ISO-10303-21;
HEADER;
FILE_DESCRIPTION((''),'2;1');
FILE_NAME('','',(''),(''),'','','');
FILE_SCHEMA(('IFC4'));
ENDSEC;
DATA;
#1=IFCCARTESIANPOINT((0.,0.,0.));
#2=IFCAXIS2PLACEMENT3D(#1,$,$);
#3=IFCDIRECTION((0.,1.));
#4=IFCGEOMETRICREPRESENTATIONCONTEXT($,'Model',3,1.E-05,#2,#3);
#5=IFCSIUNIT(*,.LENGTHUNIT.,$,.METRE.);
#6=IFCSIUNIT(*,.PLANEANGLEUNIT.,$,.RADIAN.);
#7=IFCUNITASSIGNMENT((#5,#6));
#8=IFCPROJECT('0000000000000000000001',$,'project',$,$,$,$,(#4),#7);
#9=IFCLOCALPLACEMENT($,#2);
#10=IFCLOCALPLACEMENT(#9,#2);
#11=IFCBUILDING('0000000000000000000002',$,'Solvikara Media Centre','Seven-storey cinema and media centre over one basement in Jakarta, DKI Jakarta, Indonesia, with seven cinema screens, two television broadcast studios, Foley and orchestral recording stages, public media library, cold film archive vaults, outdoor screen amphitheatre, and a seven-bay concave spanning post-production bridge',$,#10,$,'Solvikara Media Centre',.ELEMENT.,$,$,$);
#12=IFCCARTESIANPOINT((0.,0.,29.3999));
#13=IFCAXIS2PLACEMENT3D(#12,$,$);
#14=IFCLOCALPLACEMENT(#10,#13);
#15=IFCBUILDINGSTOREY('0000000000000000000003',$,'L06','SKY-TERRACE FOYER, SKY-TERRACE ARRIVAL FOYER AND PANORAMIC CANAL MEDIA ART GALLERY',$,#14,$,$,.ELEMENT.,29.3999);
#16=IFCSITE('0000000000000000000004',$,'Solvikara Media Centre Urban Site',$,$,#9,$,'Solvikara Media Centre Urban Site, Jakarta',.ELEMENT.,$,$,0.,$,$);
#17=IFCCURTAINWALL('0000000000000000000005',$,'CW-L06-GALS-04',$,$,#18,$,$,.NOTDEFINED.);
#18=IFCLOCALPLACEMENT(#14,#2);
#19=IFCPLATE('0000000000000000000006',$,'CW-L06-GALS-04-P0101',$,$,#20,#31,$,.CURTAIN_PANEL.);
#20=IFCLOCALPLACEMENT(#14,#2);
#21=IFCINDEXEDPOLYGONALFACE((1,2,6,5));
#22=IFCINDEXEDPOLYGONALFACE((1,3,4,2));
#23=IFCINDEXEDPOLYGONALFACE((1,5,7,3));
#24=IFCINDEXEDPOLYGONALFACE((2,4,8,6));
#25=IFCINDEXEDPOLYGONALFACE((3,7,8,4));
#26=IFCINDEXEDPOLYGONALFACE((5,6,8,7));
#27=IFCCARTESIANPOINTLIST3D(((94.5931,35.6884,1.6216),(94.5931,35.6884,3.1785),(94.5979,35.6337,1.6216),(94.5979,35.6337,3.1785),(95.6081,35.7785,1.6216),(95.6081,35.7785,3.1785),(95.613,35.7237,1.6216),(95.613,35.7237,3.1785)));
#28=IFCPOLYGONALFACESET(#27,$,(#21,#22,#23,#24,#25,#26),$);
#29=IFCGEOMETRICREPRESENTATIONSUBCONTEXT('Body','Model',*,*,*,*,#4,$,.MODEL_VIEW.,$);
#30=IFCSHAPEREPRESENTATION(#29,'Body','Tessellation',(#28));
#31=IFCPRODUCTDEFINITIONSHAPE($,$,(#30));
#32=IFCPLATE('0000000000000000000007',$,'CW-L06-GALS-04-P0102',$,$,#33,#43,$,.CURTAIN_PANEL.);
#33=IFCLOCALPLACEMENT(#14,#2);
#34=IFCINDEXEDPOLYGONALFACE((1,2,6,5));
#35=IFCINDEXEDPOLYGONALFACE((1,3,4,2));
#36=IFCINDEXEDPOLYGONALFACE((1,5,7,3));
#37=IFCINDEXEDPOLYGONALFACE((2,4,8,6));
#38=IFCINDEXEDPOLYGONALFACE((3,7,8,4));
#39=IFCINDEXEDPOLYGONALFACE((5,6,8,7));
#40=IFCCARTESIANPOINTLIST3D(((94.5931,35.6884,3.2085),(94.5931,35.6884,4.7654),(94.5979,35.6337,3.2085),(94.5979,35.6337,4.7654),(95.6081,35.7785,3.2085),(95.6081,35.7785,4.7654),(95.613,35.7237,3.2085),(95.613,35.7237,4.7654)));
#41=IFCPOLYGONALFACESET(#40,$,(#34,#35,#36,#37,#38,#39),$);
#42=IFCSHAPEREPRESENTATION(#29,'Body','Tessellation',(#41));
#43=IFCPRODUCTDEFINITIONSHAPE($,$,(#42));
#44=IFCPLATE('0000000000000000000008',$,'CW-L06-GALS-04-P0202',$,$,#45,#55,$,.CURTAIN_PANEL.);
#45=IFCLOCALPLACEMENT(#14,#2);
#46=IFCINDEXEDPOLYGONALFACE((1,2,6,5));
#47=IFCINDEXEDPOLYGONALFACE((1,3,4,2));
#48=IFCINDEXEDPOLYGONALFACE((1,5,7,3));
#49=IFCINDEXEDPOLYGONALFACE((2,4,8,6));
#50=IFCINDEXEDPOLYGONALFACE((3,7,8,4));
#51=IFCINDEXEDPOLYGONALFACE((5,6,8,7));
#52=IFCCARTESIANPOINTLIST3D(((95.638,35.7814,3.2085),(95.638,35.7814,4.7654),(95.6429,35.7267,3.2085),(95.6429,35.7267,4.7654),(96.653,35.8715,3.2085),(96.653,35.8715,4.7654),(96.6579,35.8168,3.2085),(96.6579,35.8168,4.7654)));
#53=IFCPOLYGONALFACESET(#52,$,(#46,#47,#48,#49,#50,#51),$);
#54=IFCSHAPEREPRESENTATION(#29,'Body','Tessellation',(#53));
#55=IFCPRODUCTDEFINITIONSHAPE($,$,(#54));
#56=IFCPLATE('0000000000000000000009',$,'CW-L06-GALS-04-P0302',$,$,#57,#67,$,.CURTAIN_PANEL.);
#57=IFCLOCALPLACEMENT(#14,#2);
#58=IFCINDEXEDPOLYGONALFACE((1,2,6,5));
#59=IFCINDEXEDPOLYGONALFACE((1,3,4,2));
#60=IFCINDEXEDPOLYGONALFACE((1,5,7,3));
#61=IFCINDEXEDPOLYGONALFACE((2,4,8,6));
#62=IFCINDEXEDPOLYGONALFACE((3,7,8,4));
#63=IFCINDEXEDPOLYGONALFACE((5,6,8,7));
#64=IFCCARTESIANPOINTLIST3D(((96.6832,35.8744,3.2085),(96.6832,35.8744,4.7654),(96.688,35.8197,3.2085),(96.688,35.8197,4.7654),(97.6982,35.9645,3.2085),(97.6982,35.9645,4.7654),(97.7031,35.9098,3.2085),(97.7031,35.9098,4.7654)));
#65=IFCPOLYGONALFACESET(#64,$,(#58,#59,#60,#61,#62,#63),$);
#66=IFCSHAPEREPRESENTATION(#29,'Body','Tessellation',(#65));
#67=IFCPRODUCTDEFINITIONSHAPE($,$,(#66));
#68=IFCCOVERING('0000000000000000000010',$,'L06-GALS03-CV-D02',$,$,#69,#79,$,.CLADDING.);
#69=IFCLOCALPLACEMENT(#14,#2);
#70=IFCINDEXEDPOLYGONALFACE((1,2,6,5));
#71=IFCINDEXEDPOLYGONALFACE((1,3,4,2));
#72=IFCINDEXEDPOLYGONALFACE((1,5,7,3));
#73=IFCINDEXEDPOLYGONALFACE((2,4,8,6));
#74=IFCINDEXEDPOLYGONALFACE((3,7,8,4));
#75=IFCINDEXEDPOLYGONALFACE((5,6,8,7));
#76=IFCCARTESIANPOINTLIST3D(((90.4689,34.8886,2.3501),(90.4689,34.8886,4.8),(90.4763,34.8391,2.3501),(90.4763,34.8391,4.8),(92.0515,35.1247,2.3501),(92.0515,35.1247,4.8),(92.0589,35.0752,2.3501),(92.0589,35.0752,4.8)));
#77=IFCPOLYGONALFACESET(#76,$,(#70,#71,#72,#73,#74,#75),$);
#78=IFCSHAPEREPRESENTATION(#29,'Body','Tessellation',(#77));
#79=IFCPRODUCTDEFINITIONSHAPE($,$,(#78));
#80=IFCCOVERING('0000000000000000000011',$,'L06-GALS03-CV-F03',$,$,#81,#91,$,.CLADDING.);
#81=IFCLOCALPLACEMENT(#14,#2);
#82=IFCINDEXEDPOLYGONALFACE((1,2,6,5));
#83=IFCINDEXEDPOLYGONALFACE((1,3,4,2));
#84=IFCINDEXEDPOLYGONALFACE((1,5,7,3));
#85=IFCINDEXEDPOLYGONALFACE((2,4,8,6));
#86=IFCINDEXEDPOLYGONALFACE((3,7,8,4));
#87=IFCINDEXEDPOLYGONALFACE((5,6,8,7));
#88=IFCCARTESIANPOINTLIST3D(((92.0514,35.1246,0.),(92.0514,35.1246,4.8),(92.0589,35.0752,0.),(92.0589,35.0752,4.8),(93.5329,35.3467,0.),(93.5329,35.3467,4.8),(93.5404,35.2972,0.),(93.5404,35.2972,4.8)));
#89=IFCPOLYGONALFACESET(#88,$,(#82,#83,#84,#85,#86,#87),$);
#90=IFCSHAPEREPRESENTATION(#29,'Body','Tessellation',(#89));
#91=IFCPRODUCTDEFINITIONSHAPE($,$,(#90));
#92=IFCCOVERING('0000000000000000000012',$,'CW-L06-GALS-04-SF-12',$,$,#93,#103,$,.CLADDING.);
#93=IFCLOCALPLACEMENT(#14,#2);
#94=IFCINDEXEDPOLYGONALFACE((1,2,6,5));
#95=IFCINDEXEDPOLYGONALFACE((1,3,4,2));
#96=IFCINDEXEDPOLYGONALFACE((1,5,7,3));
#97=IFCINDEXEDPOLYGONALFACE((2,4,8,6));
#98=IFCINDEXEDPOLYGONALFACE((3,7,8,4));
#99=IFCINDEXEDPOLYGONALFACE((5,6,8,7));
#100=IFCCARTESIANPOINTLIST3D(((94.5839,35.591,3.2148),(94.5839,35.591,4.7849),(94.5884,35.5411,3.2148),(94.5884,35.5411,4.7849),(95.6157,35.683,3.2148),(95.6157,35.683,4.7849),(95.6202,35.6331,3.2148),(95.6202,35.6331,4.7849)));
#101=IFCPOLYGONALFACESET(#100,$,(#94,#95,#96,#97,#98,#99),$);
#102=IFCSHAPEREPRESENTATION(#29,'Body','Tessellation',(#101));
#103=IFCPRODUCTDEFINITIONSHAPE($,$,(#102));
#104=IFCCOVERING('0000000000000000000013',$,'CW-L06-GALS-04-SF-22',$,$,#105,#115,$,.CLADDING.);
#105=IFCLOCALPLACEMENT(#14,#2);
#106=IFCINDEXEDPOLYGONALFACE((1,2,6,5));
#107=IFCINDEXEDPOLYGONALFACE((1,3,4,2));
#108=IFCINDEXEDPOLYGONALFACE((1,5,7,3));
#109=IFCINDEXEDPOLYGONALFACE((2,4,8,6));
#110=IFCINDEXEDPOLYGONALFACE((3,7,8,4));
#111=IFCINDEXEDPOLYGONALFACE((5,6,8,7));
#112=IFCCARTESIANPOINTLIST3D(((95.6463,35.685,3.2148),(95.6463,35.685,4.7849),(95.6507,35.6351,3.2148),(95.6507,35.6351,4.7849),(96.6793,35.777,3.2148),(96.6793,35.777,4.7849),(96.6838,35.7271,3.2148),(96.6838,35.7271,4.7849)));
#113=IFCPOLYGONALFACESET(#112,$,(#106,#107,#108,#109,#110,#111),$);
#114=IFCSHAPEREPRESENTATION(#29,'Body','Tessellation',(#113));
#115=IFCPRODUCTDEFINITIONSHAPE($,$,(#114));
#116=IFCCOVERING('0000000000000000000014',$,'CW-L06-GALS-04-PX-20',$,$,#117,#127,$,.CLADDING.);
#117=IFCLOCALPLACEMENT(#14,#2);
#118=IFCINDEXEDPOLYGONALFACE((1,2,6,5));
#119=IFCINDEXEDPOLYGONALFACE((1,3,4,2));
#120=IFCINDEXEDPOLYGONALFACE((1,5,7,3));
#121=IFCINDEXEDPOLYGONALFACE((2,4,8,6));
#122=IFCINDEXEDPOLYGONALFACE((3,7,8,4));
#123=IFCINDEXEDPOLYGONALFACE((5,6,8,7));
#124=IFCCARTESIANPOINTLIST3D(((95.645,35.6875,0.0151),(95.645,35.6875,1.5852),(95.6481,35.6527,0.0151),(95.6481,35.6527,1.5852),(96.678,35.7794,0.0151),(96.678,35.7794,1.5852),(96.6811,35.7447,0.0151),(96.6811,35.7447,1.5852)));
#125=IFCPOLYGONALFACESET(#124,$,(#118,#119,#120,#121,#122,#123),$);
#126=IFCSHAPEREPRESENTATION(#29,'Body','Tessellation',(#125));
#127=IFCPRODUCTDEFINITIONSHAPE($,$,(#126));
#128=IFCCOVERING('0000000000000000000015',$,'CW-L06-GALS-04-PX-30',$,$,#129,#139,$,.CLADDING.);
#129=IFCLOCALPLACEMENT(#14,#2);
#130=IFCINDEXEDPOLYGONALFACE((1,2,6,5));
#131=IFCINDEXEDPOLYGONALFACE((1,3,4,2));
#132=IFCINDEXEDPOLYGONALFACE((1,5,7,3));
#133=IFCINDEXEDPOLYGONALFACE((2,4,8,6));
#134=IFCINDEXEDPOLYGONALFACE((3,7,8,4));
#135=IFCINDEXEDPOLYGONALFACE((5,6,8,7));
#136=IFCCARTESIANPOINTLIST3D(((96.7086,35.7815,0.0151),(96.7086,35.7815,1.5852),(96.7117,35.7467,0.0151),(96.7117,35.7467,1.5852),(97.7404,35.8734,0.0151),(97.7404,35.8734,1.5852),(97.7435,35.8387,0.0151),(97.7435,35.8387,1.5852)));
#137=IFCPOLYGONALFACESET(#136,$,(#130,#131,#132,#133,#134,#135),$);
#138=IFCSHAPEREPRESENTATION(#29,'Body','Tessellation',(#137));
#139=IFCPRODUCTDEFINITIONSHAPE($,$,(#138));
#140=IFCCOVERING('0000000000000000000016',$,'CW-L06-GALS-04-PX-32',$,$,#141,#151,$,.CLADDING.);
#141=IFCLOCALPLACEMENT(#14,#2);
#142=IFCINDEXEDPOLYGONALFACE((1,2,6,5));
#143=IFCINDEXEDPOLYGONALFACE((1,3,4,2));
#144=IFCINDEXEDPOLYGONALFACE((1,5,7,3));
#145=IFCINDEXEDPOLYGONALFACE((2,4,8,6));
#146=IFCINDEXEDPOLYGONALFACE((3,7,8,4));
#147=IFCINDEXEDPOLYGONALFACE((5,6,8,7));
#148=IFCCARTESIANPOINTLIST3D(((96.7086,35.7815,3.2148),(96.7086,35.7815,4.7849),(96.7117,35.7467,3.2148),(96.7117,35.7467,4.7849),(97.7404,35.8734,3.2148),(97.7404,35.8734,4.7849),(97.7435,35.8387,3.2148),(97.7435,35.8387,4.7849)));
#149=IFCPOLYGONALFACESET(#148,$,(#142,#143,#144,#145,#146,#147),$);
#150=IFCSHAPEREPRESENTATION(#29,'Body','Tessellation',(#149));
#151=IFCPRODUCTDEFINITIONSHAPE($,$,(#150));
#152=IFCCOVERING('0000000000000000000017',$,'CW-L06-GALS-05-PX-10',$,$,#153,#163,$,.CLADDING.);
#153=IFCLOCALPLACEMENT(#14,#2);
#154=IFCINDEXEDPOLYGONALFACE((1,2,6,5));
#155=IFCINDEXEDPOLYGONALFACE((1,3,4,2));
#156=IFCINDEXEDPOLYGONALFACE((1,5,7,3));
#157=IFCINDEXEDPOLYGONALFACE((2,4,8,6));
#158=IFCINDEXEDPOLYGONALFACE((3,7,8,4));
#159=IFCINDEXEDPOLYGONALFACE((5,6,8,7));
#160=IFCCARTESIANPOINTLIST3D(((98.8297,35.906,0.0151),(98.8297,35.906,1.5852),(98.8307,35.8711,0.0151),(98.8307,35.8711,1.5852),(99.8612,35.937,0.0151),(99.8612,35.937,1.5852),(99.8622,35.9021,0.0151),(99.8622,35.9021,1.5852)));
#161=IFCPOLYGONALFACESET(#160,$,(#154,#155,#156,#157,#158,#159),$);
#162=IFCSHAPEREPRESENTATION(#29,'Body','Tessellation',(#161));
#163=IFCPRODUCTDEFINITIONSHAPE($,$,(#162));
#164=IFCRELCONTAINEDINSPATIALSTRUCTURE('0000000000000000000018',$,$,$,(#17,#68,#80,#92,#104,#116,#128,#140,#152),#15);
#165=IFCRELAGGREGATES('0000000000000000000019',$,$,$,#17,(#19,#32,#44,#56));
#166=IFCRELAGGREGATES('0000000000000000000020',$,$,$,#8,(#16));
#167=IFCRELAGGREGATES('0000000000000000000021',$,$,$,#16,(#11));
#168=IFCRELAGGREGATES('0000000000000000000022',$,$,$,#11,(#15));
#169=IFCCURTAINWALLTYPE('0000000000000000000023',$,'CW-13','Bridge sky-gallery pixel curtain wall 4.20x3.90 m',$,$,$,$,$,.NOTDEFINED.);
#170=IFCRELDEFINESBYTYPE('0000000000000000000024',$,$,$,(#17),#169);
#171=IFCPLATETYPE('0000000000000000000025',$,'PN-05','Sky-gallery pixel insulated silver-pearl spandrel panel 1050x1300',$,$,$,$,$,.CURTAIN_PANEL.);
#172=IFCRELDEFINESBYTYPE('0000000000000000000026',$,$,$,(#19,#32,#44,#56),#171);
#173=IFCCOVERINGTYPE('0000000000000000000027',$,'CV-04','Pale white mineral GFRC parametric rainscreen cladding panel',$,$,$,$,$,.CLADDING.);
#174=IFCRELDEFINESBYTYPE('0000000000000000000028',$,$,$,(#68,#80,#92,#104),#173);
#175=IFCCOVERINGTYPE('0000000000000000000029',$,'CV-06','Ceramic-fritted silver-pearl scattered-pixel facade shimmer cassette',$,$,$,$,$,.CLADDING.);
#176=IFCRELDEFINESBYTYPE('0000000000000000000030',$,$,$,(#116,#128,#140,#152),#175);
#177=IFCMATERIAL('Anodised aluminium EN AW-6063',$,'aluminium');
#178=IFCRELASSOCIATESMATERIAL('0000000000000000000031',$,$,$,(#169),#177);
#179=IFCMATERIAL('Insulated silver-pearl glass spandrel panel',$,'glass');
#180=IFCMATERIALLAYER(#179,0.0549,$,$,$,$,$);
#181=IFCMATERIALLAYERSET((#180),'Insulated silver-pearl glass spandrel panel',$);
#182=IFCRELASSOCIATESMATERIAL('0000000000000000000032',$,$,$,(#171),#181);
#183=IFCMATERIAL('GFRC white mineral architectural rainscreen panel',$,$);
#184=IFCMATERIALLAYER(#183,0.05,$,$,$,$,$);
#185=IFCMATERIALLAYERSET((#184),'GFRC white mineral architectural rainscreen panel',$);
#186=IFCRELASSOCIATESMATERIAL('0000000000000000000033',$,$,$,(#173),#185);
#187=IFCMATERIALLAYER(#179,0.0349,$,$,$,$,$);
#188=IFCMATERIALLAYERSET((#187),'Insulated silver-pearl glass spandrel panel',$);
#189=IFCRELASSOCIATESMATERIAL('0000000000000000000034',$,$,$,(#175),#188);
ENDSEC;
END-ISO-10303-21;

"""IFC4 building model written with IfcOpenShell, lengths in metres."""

from ifc_helpers import new_model, si_unit, direction, frame, origin, origin_2d, place, context, subcontext, project, spatial, rectangle, extrude, material, layer, layer_set, type_object, element, aggregate, save


model = new_model("IFC4")

# Units and contexts
model_context = context("Model", 3, precision=1e-05, world=origin(), true_north=direction((0.0, 1.0)))
body_context = subcontext(model_context, "Body", "Model", "MODEL_VIEW")
ifc_project = project(units=[si_unit("LENGTHUNIT", "METRE"), si_unit("PLANEANGLEUNIT", "RADIAN")], contexts=[model_context])

# Site, building, storey
site_placement = place(None, origin())
site = spatial("IfcSite", under=ifc_project, at=site_placement, Name="Solvikara Media Centre Urban Site", LongName="Solvikara Media Centre Urban Site, Jakarta", CompositionType="ELEMENT", RefElevation=0.0)
building_placement = place(site_placement, origin())
building = spatial("IfcBuilding", under=site, at=building_placement, Name="Solvikara Media Centre", Description="Seven-storey cinema and media centre over one basement in Jakarta, DKI Jakarta, Indonesia, with seven cinema screens, two television broadcast studios, Foley and orchestral recording stages, public media library, cold film archive vaults, outdoor screen amphitheatre, and a seven-bay concave spanning post-production bridge", LongName="Solvikara Media Centre", CompositionType="ELEMENT")
storey_placement = place(building_placement, frame((0.0, 0.0, 29.3999)))
storey = spatial("IfcBuildingStorey", under=building, at=storey_placement, Name="L06", Description="SKY-TERRACE FOYER, SKY-TERRACE ARRIVAL FOYER AND PANORAMIC CANAL MEDIA ART GALLERY", CompositionType="ELEMENT", Elevation=29.3999)

# Curtain wall
ifc_material_1 = material(Name="Anodised aluminium EN AW-6063", Category="aluminium")
curtain_wall_type = type_object("IfcCurtainWallType", Name="CW-13", Description="Bridge sky-gallery pixel curtain wall 4.20x3.90 m", PredefinedType="NOTDEFINED", material=ifc_material_1)
curtain_wall_1_placement = place(storey_placement, origin())
curtain_wall_1 = element("IfcCurtainWall", 1, at=curtain_wall_1_placement, inside=storey, type_object=curtain_wall_type, Name="CW-L06-GALS-04", PredefinedType="NOTDEFINED")

# Plates
ifc_material_2 = material(Name="Insulated silver-pearl glass spandrel panel", Category="glass")
ifc_layer_1 = layer(ifc_material_2, 0.0549)
ifc_layer_set_1 = layer_set([ifc_layer_1], Name="Insulated silver-pearl glass spandrel panel")
plate_type_1 = type_object("IfcPlateType", Name="PN-05", Description="Sky-gallery pixel insulated silver-pearl spandrel panel 1050x1300", PredefinedType="CURTAIN_PANEL", material=ifc_layer_set_1)
plate_1_placement = place(storey_placement, frame((95.103, 35.7061, 1.6216), z_axis=(0.0, 0.0, 1.0), x_axis=(0.996084, 0.088408, 0.0)))
plate_1 = element("IfcPlate", 2, at=plate_1_placement, type_object=plate_type_1, Name="CW-L06-GALS-04-P0101", PredefinedType="CURTAIN_PANEL", context=body_context, shape_type="SweptSolid", body=[
    extrude(rectangle(XDim=1.019, YDim=0.0549, at=origin_2d()), origin(), (0.0, 0.0, 1.0), 1.5569),
])
plate_2_placement = place(storey_placement, frame((95.103, 35.7061, 3.2085), z_axis=(0.0, 0.0, 1.0), x_axis=(0.996084, 0.088408, 0.0)))
plate_2 = element("IfcPlate", 3, at=plate_2_placement, type_object=plate_type_1, Name="CW-L06-GALS-04-P0102", PredefinedType="CURTAIN_PANEL", context=body_context, shape_type="SweptSolid", body=[
    extrude(rectangle(XDim=1.019, YDim=0.0549, at=origin_2d()), origin(), (0.0, 0.0, 1.0), 1.5569),
])
plate_3_placement = place(storey_placement, frame((96.1479, 35.7991, 3.2085), z_axis=(0.0, 0.0, 1.0), x_axis=(0.996084, 0.088408, 0.0)))
plate_3 = element("IfcPlate", 4, at=plate_3_placement, type_object=plate_type_1, Name="CW-L06-GALS-04-P0202", PredefinedType="CURTAIN_PANEL", context=body_context, shape_type="SweptSolid", body=[
    extrude(rectangle(XDim=1.019, YDim=0.0549, at=origin_2d()), origin(), (0.0, 0.0, 1.0), 1.5569),
])
plate_4_placement = place(storey_placement, frame((97.1931, 35.8921, 3.2085), z_axis=(0.0, 0.0, 1.0), x_axis=(0.996084, 0.088408, 0.0)))
plate_4 = element("IfcPlate", 5, at=plate_4_placement, type_object=plate_type_1, Name="CW-L06-GALS-04-P0302", PredefinedType="CURTAIN_PANEL", context=body_context, shape_type="SweptSolid", body=[
    extrude(rectangle(XDim=1.019, YDim=0.0549, at=origin_2d()), origin(), (0.0, 0.0, 1.0), 1.5569),
])
aggregate(curtain_wall_1, [plate_1, plate_2, plate_3, plate_4])

# Coverings
ifc_material_3 = material(Name="GFRC white mineral architectural rainscreen panel")
ifc_layer_2 = layer(ifc_material_3, 0.05)
ifc_layer_set_2 = layer_set([ifc_layer_2], Name="GFRC white mineral architectural rainscreen panel")
covering_type_1 = type_object("IfcCoveringType", Name="CV-04", Description="Pale white mineral GFRC parametric rainscreen cladding panel", PredefinedType="CLADDING", material=ifc_layer_set_2)
covering_1_placement = place(storey_placement, frame((91.2639, 34.9819, 2.3501), z_axis=(0.0, 0.0, 1.0), x_axis=(0.989055, 0.14755, 0.0)))
element("IfcCovering", 6, at=covering_1_placement, inside=storey, type_object=covering_type_1, Name="L06-GALS03-CV-D02", PredefinedType="CLADDING", context=body_context, shape_type="SweptSolid", body=[
    extrude(rectangle(XDim=1.6001, YDim=0.05, at=origin_2d()), origin(), (0.0, 0.0, 1.0), 2.45),
])
covering_2_placement = place(storey_placement, frame((92.7959, 35.2109, 0.0), z_axis=(0.0, 0.0, 1.0), x_axis=(0.988951, 0.148241, 0.0)))
element("IfcCovering", 7, at=covering_2_placement, inside=storey, type_object=covering_type_1, Name="L06-GALS03-CV-F03", PredefinedType="CLADDING", context=body_context, shape_type="SweptSolid", body=[
    extrude(rectangle(XDim=1.498, YDim=0.05, at=origin_2d()), origin(), (0.0, 0.0, 1.0), 4.8),
])
covering_3_placement = place(storey_placement, frame((95.1021, 35.6121, 3.2148), z_axis=(0.0, 0.0, 1.0), x_axis=(0.99605, 0.08879, 0.0)))
element("IfcCovering", 8, at=covering_3_placement, inside=storey, type_object=covering_type_1, Name="CW-L06-GALS-04-SF-12", PredefinedType="CLADDING", context=body_context, shape_type="SweptSolid", body=[
    extrude(rectangle(XDim=1.0359, YDim=0.05, at=origin_2d()), origin(), (0.0, 0.0, 1.0), 1.5701),
])
covering_4_placement = place(storey_placement, frame((96.165, 35.7061, 3.2148), z_axis=(0.0, 0.0, 1.0), x_axis=(0.996058, 0.088703, 0.0)))
element("IfcCovering", 9, at=covering_4_placement, inside=storey, type_object=covering_type_1, Name="CW-L06-GALS-04-SF-22", PredefinedType="CLADDING", context=body_context, shape_type="SweptSolid", body=[
    extrude(rectangle(XDim=1.0371, YDim=0.05, at=origin_2d()), origin(), (0.0, 0.0, 1.0), 1.5701),
])
ifc_layer_3 = layer(ifc_material_2, 0.0349)
ifc_layer_set_3 = layer_set([ifc_layer_3], Name="Insulated silver-pearl glass spandrel panel")
covering_type_2 = type_object("IfcCoveringType", Name="CV-06", Description="Ceramic-fritted silver-pearl scattered-pixel facade shimmer cassette", PredefinedType="CLADDING", material=ifc_layer_set_3)
covering_5_placement = place(storey_placement, frame((96.1631, 35.7161, 0.0151), z_axis=(0.0, 0.0, 1.0), x_axis=(0.996058, 0.088703, 0.0)))
element("IfcCovering", 10, at=covering_5_placement, inside=storey, type_object=covering_type_2, Name="CW-L06-GALS-04-PX-20", PredefinedType="CLADDING", context=body_context, shape_type="SweptSolid", body=[
    extrude(rectangle(XDim=1.0371, YDim=0.0349, at=origin_2d()), origin(), (0.0, 0.0, 1.0), 1.5701),
])
for number, where, z_axis, x_axis, name in (
    (11, (97.2261, 35.8101, 0.0151), (0.0, 0.0, 1.0), (0.99605, 0.08879, 0.0), "CW-L06-GALS-04-PX-30"),
    (12, (97.2261, 35.8101, 3.2148), (0.0, 0.0, 1.0), (0.99605, 0.08879, 0.0), "CW-L06-GALS-04-PX-32"),
):
    element("IfcCovering", number, at=place(storey_placement, frame(where, z_axis=z_axis, x_axis=x_axis)), inside=storey, type_object=covering_type_2, Name=name, PredefinedType="CLADDING", context=body_context, shape_type="SweptSolid", body=[
        extrude(rectangle(XDim=1.0359, YDim=0.0349, at=origin_2d()), origin(), (0.0, 0.0, 1.0), 1.5701),
    ])
covering_6_placement = place(storey_placement, frame((99.3459, 35.9041, 0.0151), z_axis=(0.0, 0.0, 1.0), x_axis=(0.999549, 0.030033, 0.0)))
element("IfcCovering", 13, at=covering_6_placement, inside=storey, type_object=covering_type_2, Name="CW-L06-GALS-05-PX-10", PredefinedType="CLADDING", context=body_context, shape_type="SweptSolid", body=[
    extrude(rectangle(XDim=1.032, YDim=0.0349, at=origin_2d()), origin(), (0.0, 0.0, 1.0), 1.5701),
])

save(model, "model.ifc")
